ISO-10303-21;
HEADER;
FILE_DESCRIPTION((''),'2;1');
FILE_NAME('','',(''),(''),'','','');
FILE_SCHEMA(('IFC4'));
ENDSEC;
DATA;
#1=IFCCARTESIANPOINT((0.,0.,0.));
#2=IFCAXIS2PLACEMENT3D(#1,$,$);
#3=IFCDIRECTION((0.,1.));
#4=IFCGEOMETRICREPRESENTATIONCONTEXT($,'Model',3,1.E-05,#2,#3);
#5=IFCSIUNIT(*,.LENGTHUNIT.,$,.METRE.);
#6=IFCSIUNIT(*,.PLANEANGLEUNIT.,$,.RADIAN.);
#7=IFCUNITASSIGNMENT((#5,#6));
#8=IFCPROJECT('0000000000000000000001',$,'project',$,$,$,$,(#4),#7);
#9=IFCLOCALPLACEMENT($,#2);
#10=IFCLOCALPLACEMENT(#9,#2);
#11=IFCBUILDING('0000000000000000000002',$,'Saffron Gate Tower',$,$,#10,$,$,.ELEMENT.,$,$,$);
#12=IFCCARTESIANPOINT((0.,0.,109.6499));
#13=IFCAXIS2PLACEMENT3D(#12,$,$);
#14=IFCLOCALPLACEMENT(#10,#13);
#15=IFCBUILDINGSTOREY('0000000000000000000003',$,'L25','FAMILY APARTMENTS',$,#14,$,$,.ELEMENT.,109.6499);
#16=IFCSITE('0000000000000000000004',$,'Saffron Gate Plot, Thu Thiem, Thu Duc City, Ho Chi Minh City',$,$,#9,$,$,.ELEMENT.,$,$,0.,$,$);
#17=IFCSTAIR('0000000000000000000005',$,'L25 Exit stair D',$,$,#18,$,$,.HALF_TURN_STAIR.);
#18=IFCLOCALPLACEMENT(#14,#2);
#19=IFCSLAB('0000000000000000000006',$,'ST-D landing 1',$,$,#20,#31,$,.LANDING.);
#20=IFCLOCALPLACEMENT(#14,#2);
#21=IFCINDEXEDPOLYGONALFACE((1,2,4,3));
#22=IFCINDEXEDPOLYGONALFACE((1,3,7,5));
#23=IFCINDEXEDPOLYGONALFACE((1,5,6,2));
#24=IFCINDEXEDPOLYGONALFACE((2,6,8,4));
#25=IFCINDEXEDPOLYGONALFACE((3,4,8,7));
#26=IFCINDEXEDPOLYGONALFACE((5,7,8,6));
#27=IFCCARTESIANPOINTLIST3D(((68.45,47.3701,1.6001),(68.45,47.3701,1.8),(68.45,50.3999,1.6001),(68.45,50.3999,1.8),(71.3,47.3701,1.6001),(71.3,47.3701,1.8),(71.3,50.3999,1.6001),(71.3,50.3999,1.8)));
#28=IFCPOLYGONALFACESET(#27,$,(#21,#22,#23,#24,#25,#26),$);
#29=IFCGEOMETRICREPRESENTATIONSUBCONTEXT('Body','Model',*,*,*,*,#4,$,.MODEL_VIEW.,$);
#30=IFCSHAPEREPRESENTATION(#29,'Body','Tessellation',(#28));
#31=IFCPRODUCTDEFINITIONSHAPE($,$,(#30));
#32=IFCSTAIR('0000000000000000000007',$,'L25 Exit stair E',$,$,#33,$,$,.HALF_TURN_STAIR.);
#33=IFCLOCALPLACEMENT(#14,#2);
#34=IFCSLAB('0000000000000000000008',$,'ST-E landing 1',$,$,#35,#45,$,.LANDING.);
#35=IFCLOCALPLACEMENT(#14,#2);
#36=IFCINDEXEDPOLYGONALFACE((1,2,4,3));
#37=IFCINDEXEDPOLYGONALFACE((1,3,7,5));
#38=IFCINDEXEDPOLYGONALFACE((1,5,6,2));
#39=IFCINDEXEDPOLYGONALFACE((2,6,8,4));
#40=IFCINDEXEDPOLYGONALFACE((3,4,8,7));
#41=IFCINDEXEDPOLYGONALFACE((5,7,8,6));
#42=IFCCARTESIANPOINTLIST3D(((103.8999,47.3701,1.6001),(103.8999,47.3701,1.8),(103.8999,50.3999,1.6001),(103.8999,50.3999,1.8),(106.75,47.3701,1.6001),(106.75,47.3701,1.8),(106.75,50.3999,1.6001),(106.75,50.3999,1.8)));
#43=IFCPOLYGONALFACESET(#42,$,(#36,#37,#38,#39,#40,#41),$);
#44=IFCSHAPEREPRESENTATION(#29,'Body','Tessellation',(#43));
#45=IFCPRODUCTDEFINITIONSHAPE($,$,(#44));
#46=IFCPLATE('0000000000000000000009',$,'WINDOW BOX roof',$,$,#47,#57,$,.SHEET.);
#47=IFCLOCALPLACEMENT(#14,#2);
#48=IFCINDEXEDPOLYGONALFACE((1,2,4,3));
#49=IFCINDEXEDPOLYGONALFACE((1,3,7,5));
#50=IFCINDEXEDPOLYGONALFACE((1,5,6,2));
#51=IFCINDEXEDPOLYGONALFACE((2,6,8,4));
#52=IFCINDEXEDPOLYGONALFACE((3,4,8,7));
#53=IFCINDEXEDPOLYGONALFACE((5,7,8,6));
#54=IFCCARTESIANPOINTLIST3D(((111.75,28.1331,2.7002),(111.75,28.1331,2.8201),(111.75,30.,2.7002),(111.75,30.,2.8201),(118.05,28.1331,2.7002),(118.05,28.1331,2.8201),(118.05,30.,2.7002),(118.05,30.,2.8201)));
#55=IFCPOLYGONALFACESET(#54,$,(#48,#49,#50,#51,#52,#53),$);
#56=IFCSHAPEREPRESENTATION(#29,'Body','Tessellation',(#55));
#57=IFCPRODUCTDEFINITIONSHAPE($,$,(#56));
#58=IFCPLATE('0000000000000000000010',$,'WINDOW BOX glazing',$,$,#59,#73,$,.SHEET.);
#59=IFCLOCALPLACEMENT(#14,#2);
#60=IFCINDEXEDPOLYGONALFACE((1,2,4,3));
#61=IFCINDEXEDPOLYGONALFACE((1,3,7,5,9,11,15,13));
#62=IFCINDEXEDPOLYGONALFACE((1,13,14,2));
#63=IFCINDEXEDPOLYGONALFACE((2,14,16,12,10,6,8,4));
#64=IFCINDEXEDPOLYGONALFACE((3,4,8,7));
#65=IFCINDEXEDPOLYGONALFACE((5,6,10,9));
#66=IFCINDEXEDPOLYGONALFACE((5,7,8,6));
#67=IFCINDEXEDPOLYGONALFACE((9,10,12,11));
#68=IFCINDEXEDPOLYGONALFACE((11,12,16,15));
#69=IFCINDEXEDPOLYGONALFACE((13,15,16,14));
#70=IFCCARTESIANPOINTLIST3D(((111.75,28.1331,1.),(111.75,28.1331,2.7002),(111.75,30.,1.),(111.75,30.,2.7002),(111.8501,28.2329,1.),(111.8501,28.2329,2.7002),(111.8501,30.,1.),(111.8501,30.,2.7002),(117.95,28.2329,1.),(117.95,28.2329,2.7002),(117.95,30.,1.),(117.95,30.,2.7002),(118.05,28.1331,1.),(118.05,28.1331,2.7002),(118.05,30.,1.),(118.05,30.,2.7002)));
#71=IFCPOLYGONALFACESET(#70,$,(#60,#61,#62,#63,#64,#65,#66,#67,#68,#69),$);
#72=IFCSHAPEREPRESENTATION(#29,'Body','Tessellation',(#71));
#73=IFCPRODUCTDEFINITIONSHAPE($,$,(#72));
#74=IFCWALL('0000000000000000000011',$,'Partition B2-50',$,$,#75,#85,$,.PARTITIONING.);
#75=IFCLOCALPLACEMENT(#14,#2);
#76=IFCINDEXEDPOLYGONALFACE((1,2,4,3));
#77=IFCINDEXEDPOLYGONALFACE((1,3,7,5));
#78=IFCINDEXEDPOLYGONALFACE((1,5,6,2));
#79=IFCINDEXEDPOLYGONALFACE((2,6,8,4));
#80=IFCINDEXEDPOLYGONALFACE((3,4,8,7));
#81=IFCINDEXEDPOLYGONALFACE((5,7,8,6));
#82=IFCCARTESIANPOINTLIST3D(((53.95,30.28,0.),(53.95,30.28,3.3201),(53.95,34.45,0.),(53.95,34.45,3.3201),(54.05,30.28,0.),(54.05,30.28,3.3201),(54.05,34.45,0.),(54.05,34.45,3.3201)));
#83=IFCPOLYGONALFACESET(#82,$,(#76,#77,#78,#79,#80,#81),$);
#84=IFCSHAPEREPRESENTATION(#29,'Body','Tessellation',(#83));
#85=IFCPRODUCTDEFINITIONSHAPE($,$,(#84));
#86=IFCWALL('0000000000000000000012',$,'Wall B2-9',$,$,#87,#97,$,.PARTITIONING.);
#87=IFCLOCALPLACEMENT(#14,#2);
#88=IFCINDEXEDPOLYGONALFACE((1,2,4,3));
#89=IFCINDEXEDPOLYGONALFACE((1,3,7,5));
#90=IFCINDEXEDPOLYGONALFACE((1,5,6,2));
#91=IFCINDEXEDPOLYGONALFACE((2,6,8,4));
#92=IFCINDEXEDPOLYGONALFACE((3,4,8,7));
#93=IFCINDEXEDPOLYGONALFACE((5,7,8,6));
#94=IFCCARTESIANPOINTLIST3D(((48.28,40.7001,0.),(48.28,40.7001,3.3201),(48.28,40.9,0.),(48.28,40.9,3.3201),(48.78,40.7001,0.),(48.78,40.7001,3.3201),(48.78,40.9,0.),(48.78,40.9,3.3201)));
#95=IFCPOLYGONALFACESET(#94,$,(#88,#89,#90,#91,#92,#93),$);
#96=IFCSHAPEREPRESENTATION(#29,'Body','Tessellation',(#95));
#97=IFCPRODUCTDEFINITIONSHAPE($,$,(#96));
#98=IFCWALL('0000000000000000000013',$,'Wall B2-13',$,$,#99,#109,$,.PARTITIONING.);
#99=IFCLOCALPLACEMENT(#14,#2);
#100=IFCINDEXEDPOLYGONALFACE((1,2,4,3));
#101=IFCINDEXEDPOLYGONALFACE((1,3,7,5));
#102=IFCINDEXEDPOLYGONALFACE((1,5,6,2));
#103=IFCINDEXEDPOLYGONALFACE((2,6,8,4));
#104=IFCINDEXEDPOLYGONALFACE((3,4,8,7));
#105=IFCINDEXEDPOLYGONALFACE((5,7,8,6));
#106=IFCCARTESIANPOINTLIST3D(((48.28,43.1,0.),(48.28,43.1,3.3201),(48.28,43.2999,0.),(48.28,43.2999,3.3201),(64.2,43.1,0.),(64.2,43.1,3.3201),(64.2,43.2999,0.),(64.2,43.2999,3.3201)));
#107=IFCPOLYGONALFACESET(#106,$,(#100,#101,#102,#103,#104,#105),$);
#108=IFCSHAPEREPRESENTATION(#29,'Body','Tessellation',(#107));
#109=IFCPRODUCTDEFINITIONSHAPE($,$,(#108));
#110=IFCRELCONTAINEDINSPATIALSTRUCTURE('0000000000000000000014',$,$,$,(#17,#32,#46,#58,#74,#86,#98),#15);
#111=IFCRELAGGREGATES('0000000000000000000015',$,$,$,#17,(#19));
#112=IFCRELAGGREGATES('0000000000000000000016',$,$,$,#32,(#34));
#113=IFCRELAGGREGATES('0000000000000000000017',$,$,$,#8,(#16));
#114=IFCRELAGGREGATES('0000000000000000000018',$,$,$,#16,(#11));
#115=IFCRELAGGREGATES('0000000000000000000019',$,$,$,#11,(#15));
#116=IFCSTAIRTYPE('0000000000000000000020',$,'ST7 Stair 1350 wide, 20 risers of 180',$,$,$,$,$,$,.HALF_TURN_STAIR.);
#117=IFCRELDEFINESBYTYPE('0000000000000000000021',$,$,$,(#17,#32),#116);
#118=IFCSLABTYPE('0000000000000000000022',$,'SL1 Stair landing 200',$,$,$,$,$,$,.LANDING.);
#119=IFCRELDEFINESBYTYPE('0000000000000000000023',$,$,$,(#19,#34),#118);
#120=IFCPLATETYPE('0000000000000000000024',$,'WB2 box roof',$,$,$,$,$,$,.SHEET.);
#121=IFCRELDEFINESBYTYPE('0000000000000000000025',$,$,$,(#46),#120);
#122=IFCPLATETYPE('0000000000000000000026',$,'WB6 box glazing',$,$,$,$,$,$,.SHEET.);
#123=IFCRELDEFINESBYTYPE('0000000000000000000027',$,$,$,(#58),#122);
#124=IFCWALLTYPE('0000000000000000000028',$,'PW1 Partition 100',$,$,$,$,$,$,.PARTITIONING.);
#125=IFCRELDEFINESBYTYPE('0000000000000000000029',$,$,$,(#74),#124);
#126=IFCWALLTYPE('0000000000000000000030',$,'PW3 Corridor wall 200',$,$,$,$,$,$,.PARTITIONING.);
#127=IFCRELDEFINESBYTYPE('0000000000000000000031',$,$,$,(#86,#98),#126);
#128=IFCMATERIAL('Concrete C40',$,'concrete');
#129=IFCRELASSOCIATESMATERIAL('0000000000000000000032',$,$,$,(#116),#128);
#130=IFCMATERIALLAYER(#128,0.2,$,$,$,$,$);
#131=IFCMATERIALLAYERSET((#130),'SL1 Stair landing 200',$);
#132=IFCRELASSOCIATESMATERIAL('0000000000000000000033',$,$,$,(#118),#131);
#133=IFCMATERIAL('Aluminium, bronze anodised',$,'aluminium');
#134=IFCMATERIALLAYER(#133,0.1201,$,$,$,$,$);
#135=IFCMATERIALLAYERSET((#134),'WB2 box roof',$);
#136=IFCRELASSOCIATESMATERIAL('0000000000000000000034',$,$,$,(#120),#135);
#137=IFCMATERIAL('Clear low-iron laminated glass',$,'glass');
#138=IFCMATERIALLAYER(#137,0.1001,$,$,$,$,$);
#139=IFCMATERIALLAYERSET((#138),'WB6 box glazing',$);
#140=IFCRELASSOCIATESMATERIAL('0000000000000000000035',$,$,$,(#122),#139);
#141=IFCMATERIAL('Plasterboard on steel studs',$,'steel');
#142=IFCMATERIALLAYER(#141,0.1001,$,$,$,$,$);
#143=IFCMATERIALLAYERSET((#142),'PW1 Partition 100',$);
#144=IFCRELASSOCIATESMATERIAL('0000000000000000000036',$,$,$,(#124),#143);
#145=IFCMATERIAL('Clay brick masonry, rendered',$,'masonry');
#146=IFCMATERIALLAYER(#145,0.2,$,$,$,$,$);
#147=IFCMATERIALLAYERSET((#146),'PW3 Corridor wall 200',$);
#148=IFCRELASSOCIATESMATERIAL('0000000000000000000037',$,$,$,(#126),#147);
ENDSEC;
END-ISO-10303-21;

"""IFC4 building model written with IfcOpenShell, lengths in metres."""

from ifc_helpers import new_model, si_unit, direction, frame, frame_2d, origin, place, context, subcontext, project, spatial, polyline, rectangle, outline, extrude, material, layer, layer_set, type_object, element, aggregate, save


model = new_model("IFC4")

# Units and contexts
model_context = context("Model", 3, precision=1e-05, world=origin(), true_north=direction((0.0, 1.0)))
body_context = subcontext(model_context, "Body", "Model", "MODEL_VIEW")
ifc_project = project(units=[si_unit("LENGTHUNIT", "METRE"), si_unit("PLANEANGLEUNIT", "RADIAN")], contexts=[model_context])

# Site, building, storey
site_placement = place(None, origin())
site = spatial("IfcSite", under=ifc_project, at=site_placement, Name="Saffron Gate Plot, Thu Thiem, Thu Duc City, Ho Chi Minh City", CompositionType="ELEMENT", RefElevation=0.0)
building_placement = place(site_placement, origin())
building = spatial("IfcBuilding", under=site, at=building_placement, Name="Saffron Gate Tower", CompositionType="ELEMENT")
storey_placement = place(building_placement, frame((0.0, 0.0, 109.6499)))
storey = spatial("IfcBuildingStorey", under=building, at=storey_placement, Name="L25", Description="FAMILY APARTMENTS", CompositionType="ELEMENT", Elevation=109.6499)

# Shared definitions
ifc_material_1 = material(Name="Aluminium, bronze anodised", Category="aluminium")

# Stairs, slabs
ifc_material_2 = material(Name="Concrete C40", Category="concrete")
stair_type = type_object("IfcStairType", Name="ST7 Stair 1350 wide, 20 risers of 180", PredefinedType="HALF_TURN_STAIR", material=ifc_material_2)
ifc_layer_1 = layer(ifc_material_2, 0.2)
ifc_layer_set_1 = layer_set([ifc_layer_1], Name="SL1 Stair landing 200")
slab_type = type_object("IfcSlabType", Name="SL1 Stair landing 200", PredefinedType="LANDING", material=ifc_layer_set_1)
stair_1_placement = place(storey_placement, origin())
stair_1 = element("IfcStair", 1, at=stair_1_placement, inside=storey, type_object=stair_type, Name="L25 Exit stair D", PredefinedType="HALF_TURN_STAIR")
slab_1_placement = place(storey_placement, frame((0.0, 0.0, 1.6001)))
slab_1 = element("IfcSlab", 2, at=slab_1_placement, type_object=slab_type, Name="ST-D landing 1", PredefinedType="LANDING", context=body_context, shape_type="SweptSolid", body=[
    extrude(outline(polyline([(71.3, 47.3701), (71.3, 50.3999), (68.45, 50.3999), (68.45, 47.3701), (71.3, 47.3701)])), origin(), (0.0, 0.0, 1.0), 0.2),
])
aggregate(stair_1, [slab_1])
stair_2_placement = place(storey_placement, origin())
stair_2 = element("IfcStair", 3, at=stair_2_placement, inside=storey, type_object=stair_type, Name="L25 Exit stair E", PredefinedType="HALF_TURN_STAIR")
slab_2_placement = place(storey_placement, frame((0.0, 0.0, 1.6001)))
slab_2 = element("IfcSlab", 4, at=slab_2_placement, type_object=slab_type, Name="ST-E landing 1", PredefinedType="LANDING", context=body_context, shape_type="SweptSolid", body=[
    extrude(outline(polyline([(106.75, 47.3701), (106.75, 50.3999), (103.8999, 50.3999), (103.8999, 47.3701), (106.75, 47.3701)])), origin(), (0.0, 0.0, 1.0), 0.2),
])
aggregate(stair_2, [slab_2])

# Plates
ifc_layer_2 = layer(ifc_material_1, 0.1201)
ifc_layer_set_2 = layer_set([ifc_layer_2], Name="WB2 box roof")
plate_type_1 = type_object("IfcPlateType", Name="WB2 box roof", PredefinedType="SHEET", material=ifc_layer_set_2)
plate_1_placement = place(storey_placement, frame((0.0, 0.0, 2.7002)))
element("IfcPlate", 5, at=plate_1_placement, inside=storey, type_object=plate_type_1, Name="WINDOW BOX roof", PredefinedType="SHEET", context=body_context, shape_type="SweptSolid", body=[
    extrude(outline(polyline([(111.75, 30.0), (118.05, 30.0), (118.05, 28.1331), (111.75, 28.1331), (111.75, 30.0)])), origin(), (0.0, 0.0, 1.0), 0.1199),
])
ifc_material_3 = material(Name="Clear low-iron laminated glass", Category="glass")
ifc_layer_3 = layer(ifc_material_3, 0.1001)
ifc_layer_set_3 = layer_set([ifc_layer_3], Name="WB6 box glazing")
plate_type_2 = type_object("IfcPlateType", Name="WB6 box glazing", PredefinedType="SHEET", material=ifc_layer_set_3)
plate_2_placement = place(storey_placement, frame((0.0, 0.0, 1.0)))
element("IfcPlate", 6, at=plate_2_placement, inside=storey, type_object=plate_type_2, Name="WINDOW BOX glazing", PredefinedType="SHEET", context=body_context, shape_type="SweptSolid", body=[
    extrude(outline(polyline([(111.75, 30.0), (111.8501, 30.0), (111.8501, 28.2329), (117.95, 28.2329), (117.95, 30.0), (118.05, 30.0), (118.05, 28.1331), (111.75, 28.1331), (111.75, 30.0)])), origin(), (0.0, 0.0, 1.0), 1.7002),
])

# Walls
ifc_material_4 = material(Name="Plasterboard on steel studs", Category="steel")
ifc_layer_4 = layer(ifc_material_4, 0.1001)
ifc_layer_set_4 = layer_set([ifc_layer_4], Name="PW1 Partition 100")
wall_type_1 = type_object("IfcWallType", Name="PW1 Partition 100", PredefinedType="PARTITIONING", material=ifc_layer_set_4)
wall_1_placement = place(storey_placement, frame((54.0, 34.45, 0.0), z_axis=(0.0, 0.0, 1.0), x_axis=(0.0, -1.0, 0.0)))
element("IfcWall", 7, at=wall_1_placement, inside=storey, type_object=wall_type_1, Name="Partition B2-50", PredefinedType="PARTITIONING", context=body_context, shape_type="SweptSolid", body=[
    extrude(rectangle(XDim=4.1699, YDim=0.1001, at=frame_2d((2.085, 0.0))), origin(), (0.0, 0.0, 1.0), 3.3201),
])
ifc_material_5 = material(Name="Clay brick masonry, rendered", Category="masonry")
ifc_layer_5 = layer(ifc_material_5, 0.2)
ifc_layer_set_5 = layer_set([ifc_layer_5], Name="PW3 Corridor wall 200")
wall_type_2 = type_object("IfcWallType", Name="PW3 Corridor wall 200", PredefinedType="PARTITIONING", material=ifc_layer_set_5)
wall_2_placement = place(storey_placement, frame((48.28, 40.8, 0.0), z_axis=(0.0, 0.0, 1.0), x_axis=(1.0, 0.0, 0.0)))
element("IfcWall", 8, at=wall_2_placement, inside=storey, type_object=wall_type_2, Name="Wall B2-9", PredefinedType="PARTITIONING", context=body_context, shape_type="SweptSolid", body=[
    extrude(rectangle(XDim=0.5, YDim=0.2, at=frame_2d((0.25, 0.0))), origin(), (0.0, 0.0, 1.0), 3.3201),
])
wall_3_placement = place(storey_placement, frame((48.28, 43.2, 0.0), z_axis=(0.0, 0.0, 1.0), x_axis=(1.0, 0.0, 0.0)))
element("IfcWall", 9, at=wall_3_placement, inside=storey, type_object=wall_type_2, Name="Wall B2-13", PredefinedType="PARTITIONING", context=body_context, shape_type="SweptSolid", body=[
    extrude(rectangle(XDim=15.9199, YDim=0.2, at=frame_2d((7.96, 0.0))), origin(), (0.0, 0.0, 1.0), 3.3201),
])

save(model, "model.ifc")
